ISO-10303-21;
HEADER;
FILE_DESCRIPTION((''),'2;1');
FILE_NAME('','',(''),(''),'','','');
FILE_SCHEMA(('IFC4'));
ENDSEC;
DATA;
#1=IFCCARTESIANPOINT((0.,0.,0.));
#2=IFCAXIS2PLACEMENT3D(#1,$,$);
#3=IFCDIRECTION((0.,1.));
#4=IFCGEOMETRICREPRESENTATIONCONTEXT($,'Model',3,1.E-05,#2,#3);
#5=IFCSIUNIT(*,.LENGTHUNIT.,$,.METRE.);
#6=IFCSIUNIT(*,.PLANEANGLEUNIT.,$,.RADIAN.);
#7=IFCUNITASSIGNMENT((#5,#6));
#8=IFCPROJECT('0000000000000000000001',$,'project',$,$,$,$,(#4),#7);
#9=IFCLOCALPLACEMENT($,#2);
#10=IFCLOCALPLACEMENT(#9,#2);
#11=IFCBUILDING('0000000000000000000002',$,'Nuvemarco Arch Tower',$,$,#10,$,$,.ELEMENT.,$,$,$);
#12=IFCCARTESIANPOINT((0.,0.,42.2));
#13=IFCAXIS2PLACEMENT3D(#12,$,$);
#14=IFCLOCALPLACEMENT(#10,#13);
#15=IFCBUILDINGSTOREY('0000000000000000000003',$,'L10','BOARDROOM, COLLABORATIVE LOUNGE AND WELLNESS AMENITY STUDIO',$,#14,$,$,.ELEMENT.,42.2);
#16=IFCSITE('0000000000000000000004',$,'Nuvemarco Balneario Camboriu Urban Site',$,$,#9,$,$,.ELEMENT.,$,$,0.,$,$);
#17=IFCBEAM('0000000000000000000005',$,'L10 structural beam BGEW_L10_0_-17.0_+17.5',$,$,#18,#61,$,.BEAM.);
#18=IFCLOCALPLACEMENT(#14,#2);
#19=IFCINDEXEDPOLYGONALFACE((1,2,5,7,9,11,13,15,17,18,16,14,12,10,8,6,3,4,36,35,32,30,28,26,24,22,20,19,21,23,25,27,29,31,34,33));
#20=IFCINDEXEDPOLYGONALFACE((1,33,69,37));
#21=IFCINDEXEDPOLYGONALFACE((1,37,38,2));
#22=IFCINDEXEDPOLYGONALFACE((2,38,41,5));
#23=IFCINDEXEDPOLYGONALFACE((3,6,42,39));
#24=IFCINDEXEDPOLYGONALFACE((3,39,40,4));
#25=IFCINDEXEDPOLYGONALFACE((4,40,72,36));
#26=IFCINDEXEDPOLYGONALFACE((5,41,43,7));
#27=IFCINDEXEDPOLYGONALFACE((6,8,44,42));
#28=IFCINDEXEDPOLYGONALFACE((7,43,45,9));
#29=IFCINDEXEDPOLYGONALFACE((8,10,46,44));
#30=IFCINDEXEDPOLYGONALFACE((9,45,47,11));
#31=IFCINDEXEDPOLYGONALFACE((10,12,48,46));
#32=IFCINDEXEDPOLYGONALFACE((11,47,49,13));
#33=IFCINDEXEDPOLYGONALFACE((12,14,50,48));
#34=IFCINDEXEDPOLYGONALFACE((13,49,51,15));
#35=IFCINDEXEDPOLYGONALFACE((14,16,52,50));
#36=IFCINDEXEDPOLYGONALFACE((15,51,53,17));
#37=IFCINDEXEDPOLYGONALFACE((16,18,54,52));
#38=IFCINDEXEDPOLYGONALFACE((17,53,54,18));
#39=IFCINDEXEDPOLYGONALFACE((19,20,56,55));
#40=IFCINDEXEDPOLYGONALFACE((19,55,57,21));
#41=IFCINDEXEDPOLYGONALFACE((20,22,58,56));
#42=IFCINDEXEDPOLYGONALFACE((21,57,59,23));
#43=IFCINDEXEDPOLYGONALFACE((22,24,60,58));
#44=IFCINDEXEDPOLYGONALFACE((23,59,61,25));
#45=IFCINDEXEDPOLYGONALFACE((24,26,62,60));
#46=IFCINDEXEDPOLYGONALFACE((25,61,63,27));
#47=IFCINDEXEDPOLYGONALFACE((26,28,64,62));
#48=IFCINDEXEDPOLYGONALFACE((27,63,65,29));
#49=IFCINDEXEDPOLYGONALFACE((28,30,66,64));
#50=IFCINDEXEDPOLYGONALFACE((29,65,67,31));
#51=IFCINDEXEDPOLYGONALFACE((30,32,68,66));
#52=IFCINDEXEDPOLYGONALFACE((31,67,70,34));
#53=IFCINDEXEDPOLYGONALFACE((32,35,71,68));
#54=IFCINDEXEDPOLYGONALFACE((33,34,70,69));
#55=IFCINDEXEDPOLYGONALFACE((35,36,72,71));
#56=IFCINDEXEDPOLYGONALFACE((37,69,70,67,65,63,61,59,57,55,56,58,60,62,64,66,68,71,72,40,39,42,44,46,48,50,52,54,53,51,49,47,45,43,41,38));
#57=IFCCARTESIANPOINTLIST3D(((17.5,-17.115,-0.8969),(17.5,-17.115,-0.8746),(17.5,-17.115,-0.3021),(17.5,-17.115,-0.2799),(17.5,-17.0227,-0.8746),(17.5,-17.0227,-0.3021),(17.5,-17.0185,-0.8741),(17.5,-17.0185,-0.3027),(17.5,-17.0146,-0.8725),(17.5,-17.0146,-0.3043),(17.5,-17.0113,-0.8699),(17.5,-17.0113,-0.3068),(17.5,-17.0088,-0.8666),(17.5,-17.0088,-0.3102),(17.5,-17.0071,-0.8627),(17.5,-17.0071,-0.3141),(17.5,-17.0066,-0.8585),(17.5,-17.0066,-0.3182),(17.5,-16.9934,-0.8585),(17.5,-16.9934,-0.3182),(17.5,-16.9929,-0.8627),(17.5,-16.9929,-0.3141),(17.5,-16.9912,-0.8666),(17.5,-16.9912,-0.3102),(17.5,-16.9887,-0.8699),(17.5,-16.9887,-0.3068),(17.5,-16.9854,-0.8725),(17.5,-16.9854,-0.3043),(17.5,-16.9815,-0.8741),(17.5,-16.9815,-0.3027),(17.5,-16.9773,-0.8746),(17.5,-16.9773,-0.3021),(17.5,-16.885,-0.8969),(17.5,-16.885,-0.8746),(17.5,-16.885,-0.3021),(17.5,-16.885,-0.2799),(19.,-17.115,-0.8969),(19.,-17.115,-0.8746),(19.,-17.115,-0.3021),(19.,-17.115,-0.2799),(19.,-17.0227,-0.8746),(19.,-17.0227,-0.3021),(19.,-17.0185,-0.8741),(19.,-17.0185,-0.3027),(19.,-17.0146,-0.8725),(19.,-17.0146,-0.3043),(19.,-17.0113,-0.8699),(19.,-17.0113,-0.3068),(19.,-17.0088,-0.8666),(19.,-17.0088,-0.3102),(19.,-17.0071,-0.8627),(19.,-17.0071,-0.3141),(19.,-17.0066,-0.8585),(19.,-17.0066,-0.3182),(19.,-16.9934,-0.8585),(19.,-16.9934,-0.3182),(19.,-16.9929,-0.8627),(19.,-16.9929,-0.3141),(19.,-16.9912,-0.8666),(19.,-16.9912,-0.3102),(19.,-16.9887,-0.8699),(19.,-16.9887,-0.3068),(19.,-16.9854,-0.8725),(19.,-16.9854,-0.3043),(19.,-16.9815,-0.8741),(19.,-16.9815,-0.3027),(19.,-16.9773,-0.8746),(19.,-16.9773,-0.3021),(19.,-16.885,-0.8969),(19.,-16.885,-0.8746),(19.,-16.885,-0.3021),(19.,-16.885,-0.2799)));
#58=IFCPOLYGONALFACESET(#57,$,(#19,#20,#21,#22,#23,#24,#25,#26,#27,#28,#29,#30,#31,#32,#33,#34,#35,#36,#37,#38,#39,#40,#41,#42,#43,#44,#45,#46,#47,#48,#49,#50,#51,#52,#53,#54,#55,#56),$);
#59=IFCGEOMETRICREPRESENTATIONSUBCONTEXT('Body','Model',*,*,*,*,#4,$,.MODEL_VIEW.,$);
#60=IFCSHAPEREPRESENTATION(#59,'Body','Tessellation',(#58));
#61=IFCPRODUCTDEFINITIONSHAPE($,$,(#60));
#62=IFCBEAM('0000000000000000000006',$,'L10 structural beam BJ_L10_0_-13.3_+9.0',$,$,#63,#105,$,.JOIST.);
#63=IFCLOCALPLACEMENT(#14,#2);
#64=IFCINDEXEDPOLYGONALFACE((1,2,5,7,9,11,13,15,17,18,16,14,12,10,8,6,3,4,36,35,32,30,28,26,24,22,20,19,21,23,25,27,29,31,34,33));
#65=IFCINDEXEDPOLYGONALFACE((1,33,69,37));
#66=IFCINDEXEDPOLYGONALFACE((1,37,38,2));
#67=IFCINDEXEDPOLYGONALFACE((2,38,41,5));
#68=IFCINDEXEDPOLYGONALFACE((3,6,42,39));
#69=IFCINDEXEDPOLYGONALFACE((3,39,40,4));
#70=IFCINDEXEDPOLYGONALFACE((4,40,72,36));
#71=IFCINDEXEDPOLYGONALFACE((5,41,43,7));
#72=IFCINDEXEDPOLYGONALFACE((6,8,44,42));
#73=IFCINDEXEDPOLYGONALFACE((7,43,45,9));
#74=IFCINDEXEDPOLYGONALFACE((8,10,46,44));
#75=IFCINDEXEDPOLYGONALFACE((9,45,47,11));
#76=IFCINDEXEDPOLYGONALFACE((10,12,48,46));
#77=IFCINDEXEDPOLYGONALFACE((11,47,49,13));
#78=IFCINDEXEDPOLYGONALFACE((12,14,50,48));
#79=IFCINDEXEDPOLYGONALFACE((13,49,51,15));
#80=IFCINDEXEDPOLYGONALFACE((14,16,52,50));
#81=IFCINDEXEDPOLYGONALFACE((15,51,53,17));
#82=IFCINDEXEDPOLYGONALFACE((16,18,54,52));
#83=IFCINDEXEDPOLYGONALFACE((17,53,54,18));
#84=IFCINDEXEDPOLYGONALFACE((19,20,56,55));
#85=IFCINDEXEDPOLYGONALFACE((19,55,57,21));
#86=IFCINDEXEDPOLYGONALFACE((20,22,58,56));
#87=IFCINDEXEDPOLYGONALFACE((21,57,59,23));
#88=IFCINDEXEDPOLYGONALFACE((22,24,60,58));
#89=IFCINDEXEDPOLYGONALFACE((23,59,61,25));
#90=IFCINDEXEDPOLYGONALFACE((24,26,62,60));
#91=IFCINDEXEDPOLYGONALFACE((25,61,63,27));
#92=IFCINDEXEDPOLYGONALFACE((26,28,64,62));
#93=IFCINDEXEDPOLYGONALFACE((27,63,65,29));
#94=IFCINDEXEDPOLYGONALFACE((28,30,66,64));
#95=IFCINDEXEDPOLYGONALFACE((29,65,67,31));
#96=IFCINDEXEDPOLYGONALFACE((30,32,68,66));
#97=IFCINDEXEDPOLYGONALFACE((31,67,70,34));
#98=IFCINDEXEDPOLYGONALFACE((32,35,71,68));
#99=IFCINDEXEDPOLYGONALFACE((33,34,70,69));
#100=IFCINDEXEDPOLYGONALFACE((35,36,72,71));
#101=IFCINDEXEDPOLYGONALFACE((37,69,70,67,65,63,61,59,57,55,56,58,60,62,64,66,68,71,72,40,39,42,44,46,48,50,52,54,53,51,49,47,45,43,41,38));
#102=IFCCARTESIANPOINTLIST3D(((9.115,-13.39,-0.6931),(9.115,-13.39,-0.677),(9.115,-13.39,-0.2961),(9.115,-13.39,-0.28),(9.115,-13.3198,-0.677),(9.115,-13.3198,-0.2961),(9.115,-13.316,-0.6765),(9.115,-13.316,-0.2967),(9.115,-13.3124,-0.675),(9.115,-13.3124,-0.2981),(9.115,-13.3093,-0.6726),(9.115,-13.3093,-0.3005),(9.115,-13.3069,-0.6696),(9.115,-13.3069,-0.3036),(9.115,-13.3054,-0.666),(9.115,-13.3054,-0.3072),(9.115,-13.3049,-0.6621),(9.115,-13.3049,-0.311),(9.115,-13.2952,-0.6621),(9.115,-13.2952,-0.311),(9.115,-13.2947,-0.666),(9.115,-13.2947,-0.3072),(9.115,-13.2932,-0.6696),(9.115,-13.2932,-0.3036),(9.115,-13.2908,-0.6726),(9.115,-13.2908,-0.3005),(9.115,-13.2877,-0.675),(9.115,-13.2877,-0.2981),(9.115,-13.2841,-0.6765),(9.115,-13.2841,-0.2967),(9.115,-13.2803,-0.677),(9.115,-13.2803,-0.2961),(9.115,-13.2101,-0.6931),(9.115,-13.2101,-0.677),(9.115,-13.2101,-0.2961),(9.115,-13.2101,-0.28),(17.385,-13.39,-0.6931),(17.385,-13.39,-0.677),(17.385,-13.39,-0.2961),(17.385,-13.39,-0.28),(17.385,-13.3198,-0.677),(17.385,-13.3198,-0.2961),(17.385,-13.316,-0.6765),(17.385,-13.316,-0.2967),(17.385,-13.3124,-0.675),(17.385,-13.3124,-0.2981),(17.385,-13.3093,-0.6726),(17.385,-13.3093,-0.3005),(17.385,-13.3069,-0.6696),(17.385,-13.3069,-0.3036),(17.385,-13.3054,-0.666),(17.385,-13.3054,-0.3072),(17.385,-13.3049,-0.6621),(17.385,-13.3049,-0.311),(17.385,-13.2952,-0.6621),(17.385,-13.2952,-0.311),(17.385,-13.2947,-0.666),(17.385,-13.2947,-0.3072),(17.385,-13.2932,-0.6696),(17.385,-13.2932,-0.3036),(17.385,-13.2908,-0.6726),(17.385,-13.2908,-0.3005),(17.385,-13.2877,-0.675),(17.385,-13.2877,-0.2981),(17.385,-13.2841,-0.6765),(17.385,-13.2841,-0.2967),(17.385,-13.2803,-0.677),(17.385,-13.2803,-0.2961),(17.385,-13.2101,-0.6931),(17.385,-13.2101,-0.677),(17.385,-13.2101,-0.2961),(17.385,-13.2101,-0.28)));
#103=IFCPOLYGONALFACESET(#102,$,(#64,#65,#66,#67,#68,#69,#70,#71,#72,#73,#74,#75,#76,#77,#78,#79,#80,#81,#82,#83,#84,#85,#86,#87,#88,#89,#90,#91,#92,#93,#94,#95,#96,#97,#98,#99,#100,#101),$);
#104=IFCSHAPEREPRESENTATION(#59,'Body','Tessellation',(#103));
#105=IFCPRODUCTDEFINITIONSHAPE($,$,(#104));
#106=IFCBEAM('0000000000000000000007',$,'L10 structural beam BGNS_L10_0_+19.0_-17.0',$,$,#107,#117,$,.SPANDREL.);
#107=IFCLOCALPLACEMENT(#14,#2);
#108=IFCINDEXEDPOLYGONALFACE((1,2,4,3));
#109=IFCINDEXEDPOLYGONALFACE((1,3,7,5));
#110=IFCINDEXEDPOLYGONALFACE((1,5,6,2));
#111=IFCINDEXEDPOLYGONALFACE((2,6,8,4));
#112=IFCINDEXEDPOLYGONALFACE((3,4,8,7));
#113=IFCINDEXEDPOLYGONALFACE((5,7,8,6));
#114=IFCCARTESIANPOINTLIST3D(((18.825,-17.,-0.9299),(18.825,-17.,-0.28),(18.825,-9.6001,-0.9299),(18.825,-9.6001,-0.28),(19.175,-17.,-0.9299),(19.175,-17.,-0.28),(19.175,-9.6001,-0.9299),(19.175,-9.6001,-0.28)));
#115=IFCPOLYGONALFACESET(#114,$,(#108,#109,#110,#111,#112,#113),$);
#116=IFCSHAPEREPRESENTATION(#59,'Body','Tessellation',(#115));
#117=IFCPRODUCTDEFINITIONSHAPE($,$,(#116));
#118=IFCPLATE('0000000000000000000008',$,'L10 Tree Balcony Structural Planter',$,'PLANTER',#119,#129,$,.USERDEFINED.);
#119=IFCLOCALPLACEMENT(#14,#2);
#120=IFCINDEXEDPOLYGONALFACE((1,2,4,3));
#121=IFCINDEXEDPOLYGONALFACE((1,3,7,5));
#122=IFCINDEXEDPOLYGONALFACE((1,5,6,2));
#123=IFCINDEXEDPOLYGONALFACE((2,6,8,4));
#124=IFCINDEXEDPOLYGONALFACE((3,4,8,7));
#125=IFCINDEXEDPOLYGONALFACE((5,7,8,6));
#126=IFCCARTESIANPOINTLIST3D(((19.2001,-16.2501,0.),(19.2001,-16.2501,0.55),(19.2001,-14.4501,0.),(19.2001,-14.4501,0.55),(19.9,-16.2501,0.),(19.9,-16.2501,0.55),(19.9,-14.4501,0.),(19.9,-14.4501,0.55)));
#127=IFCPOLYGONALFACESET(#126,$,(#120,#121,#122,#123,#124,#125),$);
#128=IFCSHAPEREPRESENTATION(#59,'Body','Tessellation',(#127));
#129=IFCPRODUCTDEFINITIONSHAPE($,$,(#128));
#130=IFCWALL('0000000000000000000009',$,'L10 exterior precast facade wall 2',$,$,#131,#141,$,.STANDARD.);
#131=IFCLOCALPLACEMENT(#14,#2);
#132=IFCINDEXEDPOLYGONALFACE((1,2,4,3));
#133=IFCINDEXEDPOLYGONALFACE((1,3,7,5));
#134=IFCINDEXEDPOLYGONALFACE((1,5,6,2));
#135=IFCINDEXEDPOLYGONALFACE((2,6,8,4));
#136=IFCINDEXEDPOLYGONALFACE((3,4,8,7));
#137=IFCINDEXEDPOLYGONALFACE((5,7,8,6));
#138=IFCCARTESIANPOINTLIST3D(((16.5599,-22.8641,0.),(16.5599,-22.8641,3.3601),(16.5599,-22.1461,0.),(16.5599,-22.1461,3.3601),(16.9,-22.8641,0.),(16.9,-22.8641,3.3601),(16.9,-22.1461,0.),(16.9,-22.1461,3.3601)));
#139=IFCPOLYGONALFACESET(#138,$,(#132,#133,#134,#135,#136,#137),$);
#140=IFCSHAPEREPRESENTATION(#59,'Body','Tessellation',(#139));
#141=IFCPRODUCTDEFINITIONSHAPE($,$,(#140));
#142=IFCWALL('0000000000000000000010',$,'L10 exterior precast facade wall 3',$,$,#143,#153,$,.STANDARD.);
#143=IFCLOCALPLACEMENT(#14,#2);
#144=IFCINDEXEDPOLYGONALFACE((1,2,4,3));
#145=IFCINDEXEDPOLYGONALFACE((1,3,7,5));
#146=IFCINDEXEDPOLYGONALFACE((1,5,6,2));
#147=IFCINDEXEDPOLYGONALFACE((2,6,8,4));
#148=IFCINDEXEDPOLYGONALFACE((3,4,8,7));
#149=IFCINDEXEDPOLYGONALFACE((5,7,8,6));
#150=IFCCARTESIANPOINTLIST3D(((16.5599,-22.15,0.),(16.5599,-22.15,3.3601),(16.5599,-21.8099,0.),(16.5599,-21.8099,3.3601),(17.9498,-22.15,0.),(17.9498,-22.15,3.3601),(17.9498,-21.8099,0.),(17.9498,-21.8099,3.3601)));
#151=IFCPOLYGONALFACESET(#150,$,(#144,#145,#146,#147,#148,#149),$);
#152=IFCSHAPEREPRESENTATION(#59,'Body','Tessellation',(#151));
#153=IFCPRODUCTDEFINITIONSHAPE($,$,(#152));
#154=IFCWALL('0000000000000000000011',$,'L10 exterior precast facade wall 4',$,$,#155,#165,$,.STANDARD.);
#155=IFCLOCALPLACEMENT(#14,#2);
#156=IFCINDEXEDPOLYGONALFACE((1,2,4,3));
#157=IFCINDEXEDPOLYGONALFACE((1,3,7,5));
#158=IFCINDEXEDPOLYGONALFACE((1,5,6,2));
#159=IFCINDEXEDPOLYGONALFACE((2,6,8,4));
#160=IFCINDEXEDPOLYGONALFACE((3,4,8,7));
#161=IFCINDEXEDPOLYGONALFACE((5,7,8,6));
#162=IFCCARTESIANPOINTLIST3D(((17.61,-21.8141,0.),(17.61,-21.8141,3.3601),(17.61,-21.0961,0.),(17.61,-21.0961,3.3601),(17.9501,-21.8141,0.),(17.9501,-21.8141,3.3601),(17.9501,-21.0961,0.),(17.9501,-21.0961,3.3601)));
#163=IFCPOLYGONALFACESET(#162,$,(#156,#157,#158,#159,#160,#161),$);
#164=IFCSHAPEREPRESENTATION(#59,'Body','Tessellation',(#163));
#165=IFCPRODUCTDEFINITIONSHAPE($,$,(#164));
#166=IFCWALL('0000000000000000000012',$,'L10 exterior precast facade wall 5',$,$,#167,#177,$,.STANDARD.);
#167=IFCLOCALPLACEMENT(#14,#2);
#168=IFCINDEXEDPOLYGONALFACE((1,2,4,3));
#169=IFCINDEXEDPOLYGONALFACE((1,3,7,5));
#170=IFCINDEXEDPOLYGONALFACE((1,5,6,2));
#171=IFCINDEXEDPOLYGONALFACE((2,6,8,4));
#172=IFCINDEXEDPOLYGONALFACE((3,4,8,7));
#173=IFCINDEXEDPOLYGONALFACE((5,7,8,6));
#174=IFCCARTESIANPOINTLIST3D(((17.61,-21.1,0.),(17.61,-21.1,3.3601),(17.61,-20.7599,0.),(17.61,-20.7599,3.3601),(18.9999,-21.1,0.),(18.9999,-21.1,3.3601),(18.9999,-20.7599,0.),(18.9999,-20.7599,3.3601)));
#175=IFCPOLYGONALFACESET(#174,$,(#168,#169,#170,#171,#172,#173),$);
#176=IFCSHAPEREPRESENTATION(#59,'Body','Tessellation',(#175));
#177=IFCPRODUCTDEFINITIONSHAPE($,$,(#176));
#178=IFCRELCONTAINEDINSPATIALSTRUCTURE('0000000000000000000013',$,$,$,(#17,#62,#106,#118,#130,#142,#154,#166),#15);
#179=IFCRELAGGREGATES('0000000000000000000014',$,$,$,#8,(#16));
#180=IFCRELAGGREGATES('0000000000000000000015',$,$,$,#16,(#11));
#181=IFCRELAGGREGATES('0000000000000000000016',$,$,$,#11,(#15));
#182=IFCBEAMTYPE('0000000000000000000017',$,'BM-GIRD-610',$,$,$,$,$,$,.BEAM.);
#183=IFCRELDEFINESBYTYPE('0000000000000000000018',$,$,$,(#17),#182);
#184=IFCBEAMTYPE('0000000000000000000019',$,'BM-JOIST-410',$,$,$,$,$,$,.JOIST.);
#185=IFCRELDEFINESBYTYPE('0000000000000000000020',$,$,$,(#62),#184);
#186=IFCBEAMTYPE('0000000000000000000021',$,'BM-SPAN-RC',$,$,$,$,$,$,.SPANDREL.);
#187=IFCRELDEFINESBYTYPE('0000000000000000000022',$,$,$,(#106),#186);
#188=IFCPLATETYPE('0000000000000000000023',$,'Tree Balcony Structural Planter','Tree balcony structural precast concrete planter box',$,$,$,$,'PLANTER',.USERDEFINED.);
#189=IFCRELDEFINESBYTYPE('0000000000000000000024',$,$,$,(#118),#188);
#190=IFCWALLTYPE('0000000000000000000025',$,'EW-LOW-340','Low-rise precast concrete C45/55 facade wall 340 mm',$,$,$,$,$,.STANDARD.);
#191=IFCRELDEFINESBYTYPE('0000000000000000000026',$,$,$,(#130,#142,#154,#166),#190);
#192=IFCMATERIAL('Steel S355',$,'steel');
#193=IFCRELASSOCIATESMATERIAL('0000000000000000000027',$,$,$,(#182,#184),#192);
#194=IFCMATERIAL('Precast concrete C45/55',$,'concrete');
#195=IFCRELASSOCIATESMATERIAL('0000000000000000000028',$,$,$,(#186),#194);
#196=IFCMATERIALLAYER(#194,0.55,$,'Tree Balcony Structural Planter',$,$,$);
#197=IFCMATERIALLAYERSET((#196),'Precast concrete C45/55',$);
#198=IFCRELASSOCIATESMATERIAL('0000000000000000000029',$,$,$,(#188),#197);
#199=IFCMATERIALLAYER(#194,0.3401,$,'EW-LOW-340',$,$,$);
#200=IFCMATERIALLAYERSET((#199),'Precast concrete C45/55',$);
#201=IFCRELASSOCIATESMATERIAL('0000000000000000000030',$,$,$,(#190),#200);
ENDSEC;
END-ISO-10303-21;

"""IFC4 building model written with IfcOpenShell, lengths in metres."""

from ifc_helpers import new_model, si_unit, direction, frame, frame_2d, origin, origin_2d, place, context, subcontext, project, spatial, rectangle, i_section, extrude, source, transform, mapped, material, layer, layer_set, material_profile, profile_set, type_object, type_shapes, element, save


model = new_model("IFC4")

# Units and contexts
model_context = context("Model", 3, precision=1e-05, world=origin(), true_north=direction((0.0, 1.0)))
body_context = subcontext(model_context, "Body", "Model", "MODEL_VIEW")
ifc_project = project(units=[si_unit("LENGTHUNIT", "METRE"), si_unit("PLANEANGLEUNIT", "RADIAN")], contexts=[model_context])

# Site, building, storey
site_placement = place(None, origin())
site = spatial("IfcSite", under=ifc_project, at=site_placement, Name="Nuvemarco Balneario Camboriu Urban Site", CompositionType="ELEMENT", RefElevation=0.0)
building_placement = place(site_placement, origin())
building = spatial("IfcBuilding", under=site, at=building_placement, Name="Nuvemarco Arch Tower", CompositionType="ELEMENT")
storey_placement = place(building_placement, frame((0.0, 0.0, 42.2)))
storey = spatial("IfcBuildingStorey", under=building, at=storey_placement, Name="L10", Description="BOARDROOM, COLLABORATIVE LOUNGE AND WELLNESS AMENITY STUDIO", CompositionType="ELEMENT", Elevation=42.2)

# Shared definitions
ifc_material_1 = material(Name="Steel S355", Category="steel")

# Beams
ifc_material_profile_1 = material_profile(ifc_material_1, i_section(OverallWidth=0.23, OverallDepth=0.6169, WebThickness=0.0132, FlangeThickness=0.0222, FilletRadius=0.0161, at=origin_2d()), Name="W610x140")
ifc_profile_set_1 = profile_set([ifc_material_profile_1], Name="Steel S355")
beam_type_1 = type_object("IfcBeamType", Name="BM-GIRD-610", PredefinedType="BEAM", material=ifc_profile_set_1)
beam_1_placement = place(storey_placement, frame((17.5, -17.0, -0.5884), z_axis=(1.0, 0.0, 0.0), x_axis=(0.0, 1.0, 0.0)))
element("IfcBeam", 1, at=beam_1_placement, inside=storey, type_object=beam_type_1, Name="L10 structural beam BGEW_L10_0_-17.0_+17.5", PredefinedType="BEAM", context=body_context, shape_type="SweptSolid", body=[
    extrude(i_section(OverallWidth=0.23, OverallDepth=0.6169, WebThickness=0.0132, FlangeThickness=0.0222, FilletRadius=0.0161, at=origin_2d()), origin(), (0.0, 0.0, 1.0), 1.5),
])
ifc_material_profile_2 = material_profile(ifc_material_1, i_section(OverallWidth=0.1799, OverallDepth=0.4131, WebThickness=0.0098, FlangeThickness=0.0161, FilletRadius=0.0149, at=origin_2d()), Name="W410x75")
ifc_profile_set_2 = profile_set([ifc_material_profile_2], Name="Steel S355")
beam_type_2 = type_object("IfcBeamType", Name="BM-JOIST-410", PredefinedType="JOIST", material=ifc_profile_set_2)
beam_2_placement = place(storey_placement, frame((9.115, -13.3, -0.4866), z_axis=(1.0, 0.0, 0.0), x_axis=(0.0, 1.0, 0.0)))
element("IfcBeam", 2, at=beam_2_placement, inside=storey, type_object=beam_type_2, Name="L10 structural beam BJ_L10_0_-13.3_+9.0", PredefinedType="JOIST", context=body_context, shape_type="SweptSolid", body=[
    extrude(i_section(OverallWidth=0.1799, OverallDepth=0.4131, WebThickness=0.0098, FlangeThickness=0.0161, FilletRadius=0.0149, at=origin_2d()), origin(), (0.0, 0.0, 1.0), 8.27),
])
ifc_material_2 = material(Name="Precast concrete C45/55", Category="concrete")
ifc_material_profile_3 = material_profile(ifc_material_2, rectangle(XDim=0.3501, YDim=0.6499, at=origin_2d()), Name="PC-SP-350x650")
ifc_profile_set_3 = profile_set([ifc_material_profile_3], Name="Precast concrete C45/55")
beam_type_3 = type_object("IfcBeamType", Name="BM-SPAN-RC", PredefinedType="SPANDREL", material=ifc_profile_set_3)
beam_3_placement = place(storey_placement, frame((19.0, -17.0, -0.605), z_axis=(0.0, 1.0, 0.0), x_axis=(-1.0, 0.0, 0.0)))
element("IfcBeam", 3, at=beam_3_placement, inside=storey, type_object=beam_type_3, Name="L10 structural beam BGNS_L10_0_+19.0_-17.0", PredefinedType="SPANDREL", context=body_context, shape_type="SweptSolid", body=[
    extrude(rectangle(XDim=0.3501, YDim=0.6499, at=origin_2d()), origin(), (0.0, 0.0, 1.0), 7.3999),
])

# Plate
ifc_layer_1 = layer(ifc_material_2, 0.55, Name="Tree Balcony Structural Planter")
ifc_layer_set_1 = layer_set([ifc_layer_1], Name="Precast concrete C45/55")
plate_type = type_object("IfcPlateType", Name="Tree Balcony Structural Planter", Description="Tree balcony structural precast concrete planter box", ElementType="PLANTER", PredefinedType="USERDEFINED", material=ifc_layer_set_1)
shared_shape_1 = source(origin(), body_context, "Body", "SweptSolid", [
    extrude(rectangle(XDim=1.8, YDim=0.7, at=origin_2d()), origin(), (0.0, 0.0, 1.0), 0.55),
])
type_shapes(plate_type, [shared_shape_1])
plate_placement = place(storey_placement, frame((19.55, -15.3501, 0.0), z_axis=(0.0, 0.0, 1.0), x_axis=(0.0, 1.0, 0.0)))
element("IfcPlate", 4, at=plate_placement, inside=storey, type_object=plate_type, Name="L10 Tree Balcony Structural Planter", ObjectType="PLANTER", PredefinedType="USERDEFINED", context=body_context, shape_type="MappedRepresentation", body=[
    mapped(shared_shape_1, transform((0.0, 0.0, 0.0), scale=1.0)),
])

# Walls
ifc_layer_2 = layer(ifc_material_2, 0.3401, Name="EW-LOW-340")
ifc_layer_set_2 = layer_set([ifc_layer_2], Name="Precast concrete C45/55")
wall_type_1 = type_object("IfcWallType", Name="EW-LOW-340", Description="Low-rise precast concrete C45/55 facade wall 340 mm", PredefinedType="STANDARD", material=ifc_layer_set_2)
wall_1_placement = place(storey_placement, frame((16.73, -22.864, 0.0), z_axis=(0.0, 0.0, 1.0), x_axis=(0.0, 1.0, 0.0)))
element("IfcWall", 5, at=wall_1_placement, inside=storey, type_object=wall_type_1, Name="L10 exterior precast facade wall 2", PredefinedType="STANDARD", context=body_context, shape_type="SweptSolid", body=[
    extrude(rectangle(XDim=0.718, YDim=0.3401, at=frame_2d((0.3589, 0.0))), origin(), (0.0, 0.0, 1.0), 3.3601),
])
wall_2_placement = place(storey_placement, frame((16.5601, -21.98, 0.0), z_axis=(0.0, 0.0, 1.0), x_axis=(1.0, 0.0, 0.0)))
element("IfcWall", 6, at=wall_2_placement, inside=storey, type_object=wall_type_1, Name="L10 exterior precast facade wall 3", PredefinedType="STANDARD", context=body_context, shape_type="SweptSolid", body=[
    extrude(rectangle(XDim=1.3899, YDim=0.3401, at=frame_2d((0.6948, 0.0))), origin(), (0.0, 0.0, 1.0), 3.3601),
])
wall_3_placement = place(storey_placement, frame((17.78, -21.814, 0.0), z_axis=(0.0, 0.0, 1.0), x_axis=(0.0, 1.0, 0.0)))
element("IfcWall", 7, at=wall_3_placement, inside=storey, type_object=wall_type_1, Name="L10 exterior precast facade wall 4", PredefinedType="STANDARD", context=body_context, shape_type="SweptSolid", body=[
    extrude(rectangle(XDim=0.718, YDim=0.3401, at=frame_2d((0.3589, 0.0))), origin(), (0.0, 0.0, 1.0), 3.3601),
])
wall_4_placement = place(storey_placement, frame((17.6101, -20.9299, 0.0), z_axis=(0.0, 0.0, 1.0), x_axis=(1.0, 0.0, 0.0)))
element("IfcWall", 8, at=wall_4_placement, inside=storey, type_object=wall_type_1, Name="L10 exterior precast facade wall 5", PredefinedType="STANDARD", context=body_context, shape_type="SweptSolid", body=[
    extrude(rectangle(XDim=1.3899, YDim=0.3401, at=frame_2d((0.6948, 0.0))), origin(), (0.0, 0.0, 1.0), 3.3601),
])

save(model, "model.ifc")
